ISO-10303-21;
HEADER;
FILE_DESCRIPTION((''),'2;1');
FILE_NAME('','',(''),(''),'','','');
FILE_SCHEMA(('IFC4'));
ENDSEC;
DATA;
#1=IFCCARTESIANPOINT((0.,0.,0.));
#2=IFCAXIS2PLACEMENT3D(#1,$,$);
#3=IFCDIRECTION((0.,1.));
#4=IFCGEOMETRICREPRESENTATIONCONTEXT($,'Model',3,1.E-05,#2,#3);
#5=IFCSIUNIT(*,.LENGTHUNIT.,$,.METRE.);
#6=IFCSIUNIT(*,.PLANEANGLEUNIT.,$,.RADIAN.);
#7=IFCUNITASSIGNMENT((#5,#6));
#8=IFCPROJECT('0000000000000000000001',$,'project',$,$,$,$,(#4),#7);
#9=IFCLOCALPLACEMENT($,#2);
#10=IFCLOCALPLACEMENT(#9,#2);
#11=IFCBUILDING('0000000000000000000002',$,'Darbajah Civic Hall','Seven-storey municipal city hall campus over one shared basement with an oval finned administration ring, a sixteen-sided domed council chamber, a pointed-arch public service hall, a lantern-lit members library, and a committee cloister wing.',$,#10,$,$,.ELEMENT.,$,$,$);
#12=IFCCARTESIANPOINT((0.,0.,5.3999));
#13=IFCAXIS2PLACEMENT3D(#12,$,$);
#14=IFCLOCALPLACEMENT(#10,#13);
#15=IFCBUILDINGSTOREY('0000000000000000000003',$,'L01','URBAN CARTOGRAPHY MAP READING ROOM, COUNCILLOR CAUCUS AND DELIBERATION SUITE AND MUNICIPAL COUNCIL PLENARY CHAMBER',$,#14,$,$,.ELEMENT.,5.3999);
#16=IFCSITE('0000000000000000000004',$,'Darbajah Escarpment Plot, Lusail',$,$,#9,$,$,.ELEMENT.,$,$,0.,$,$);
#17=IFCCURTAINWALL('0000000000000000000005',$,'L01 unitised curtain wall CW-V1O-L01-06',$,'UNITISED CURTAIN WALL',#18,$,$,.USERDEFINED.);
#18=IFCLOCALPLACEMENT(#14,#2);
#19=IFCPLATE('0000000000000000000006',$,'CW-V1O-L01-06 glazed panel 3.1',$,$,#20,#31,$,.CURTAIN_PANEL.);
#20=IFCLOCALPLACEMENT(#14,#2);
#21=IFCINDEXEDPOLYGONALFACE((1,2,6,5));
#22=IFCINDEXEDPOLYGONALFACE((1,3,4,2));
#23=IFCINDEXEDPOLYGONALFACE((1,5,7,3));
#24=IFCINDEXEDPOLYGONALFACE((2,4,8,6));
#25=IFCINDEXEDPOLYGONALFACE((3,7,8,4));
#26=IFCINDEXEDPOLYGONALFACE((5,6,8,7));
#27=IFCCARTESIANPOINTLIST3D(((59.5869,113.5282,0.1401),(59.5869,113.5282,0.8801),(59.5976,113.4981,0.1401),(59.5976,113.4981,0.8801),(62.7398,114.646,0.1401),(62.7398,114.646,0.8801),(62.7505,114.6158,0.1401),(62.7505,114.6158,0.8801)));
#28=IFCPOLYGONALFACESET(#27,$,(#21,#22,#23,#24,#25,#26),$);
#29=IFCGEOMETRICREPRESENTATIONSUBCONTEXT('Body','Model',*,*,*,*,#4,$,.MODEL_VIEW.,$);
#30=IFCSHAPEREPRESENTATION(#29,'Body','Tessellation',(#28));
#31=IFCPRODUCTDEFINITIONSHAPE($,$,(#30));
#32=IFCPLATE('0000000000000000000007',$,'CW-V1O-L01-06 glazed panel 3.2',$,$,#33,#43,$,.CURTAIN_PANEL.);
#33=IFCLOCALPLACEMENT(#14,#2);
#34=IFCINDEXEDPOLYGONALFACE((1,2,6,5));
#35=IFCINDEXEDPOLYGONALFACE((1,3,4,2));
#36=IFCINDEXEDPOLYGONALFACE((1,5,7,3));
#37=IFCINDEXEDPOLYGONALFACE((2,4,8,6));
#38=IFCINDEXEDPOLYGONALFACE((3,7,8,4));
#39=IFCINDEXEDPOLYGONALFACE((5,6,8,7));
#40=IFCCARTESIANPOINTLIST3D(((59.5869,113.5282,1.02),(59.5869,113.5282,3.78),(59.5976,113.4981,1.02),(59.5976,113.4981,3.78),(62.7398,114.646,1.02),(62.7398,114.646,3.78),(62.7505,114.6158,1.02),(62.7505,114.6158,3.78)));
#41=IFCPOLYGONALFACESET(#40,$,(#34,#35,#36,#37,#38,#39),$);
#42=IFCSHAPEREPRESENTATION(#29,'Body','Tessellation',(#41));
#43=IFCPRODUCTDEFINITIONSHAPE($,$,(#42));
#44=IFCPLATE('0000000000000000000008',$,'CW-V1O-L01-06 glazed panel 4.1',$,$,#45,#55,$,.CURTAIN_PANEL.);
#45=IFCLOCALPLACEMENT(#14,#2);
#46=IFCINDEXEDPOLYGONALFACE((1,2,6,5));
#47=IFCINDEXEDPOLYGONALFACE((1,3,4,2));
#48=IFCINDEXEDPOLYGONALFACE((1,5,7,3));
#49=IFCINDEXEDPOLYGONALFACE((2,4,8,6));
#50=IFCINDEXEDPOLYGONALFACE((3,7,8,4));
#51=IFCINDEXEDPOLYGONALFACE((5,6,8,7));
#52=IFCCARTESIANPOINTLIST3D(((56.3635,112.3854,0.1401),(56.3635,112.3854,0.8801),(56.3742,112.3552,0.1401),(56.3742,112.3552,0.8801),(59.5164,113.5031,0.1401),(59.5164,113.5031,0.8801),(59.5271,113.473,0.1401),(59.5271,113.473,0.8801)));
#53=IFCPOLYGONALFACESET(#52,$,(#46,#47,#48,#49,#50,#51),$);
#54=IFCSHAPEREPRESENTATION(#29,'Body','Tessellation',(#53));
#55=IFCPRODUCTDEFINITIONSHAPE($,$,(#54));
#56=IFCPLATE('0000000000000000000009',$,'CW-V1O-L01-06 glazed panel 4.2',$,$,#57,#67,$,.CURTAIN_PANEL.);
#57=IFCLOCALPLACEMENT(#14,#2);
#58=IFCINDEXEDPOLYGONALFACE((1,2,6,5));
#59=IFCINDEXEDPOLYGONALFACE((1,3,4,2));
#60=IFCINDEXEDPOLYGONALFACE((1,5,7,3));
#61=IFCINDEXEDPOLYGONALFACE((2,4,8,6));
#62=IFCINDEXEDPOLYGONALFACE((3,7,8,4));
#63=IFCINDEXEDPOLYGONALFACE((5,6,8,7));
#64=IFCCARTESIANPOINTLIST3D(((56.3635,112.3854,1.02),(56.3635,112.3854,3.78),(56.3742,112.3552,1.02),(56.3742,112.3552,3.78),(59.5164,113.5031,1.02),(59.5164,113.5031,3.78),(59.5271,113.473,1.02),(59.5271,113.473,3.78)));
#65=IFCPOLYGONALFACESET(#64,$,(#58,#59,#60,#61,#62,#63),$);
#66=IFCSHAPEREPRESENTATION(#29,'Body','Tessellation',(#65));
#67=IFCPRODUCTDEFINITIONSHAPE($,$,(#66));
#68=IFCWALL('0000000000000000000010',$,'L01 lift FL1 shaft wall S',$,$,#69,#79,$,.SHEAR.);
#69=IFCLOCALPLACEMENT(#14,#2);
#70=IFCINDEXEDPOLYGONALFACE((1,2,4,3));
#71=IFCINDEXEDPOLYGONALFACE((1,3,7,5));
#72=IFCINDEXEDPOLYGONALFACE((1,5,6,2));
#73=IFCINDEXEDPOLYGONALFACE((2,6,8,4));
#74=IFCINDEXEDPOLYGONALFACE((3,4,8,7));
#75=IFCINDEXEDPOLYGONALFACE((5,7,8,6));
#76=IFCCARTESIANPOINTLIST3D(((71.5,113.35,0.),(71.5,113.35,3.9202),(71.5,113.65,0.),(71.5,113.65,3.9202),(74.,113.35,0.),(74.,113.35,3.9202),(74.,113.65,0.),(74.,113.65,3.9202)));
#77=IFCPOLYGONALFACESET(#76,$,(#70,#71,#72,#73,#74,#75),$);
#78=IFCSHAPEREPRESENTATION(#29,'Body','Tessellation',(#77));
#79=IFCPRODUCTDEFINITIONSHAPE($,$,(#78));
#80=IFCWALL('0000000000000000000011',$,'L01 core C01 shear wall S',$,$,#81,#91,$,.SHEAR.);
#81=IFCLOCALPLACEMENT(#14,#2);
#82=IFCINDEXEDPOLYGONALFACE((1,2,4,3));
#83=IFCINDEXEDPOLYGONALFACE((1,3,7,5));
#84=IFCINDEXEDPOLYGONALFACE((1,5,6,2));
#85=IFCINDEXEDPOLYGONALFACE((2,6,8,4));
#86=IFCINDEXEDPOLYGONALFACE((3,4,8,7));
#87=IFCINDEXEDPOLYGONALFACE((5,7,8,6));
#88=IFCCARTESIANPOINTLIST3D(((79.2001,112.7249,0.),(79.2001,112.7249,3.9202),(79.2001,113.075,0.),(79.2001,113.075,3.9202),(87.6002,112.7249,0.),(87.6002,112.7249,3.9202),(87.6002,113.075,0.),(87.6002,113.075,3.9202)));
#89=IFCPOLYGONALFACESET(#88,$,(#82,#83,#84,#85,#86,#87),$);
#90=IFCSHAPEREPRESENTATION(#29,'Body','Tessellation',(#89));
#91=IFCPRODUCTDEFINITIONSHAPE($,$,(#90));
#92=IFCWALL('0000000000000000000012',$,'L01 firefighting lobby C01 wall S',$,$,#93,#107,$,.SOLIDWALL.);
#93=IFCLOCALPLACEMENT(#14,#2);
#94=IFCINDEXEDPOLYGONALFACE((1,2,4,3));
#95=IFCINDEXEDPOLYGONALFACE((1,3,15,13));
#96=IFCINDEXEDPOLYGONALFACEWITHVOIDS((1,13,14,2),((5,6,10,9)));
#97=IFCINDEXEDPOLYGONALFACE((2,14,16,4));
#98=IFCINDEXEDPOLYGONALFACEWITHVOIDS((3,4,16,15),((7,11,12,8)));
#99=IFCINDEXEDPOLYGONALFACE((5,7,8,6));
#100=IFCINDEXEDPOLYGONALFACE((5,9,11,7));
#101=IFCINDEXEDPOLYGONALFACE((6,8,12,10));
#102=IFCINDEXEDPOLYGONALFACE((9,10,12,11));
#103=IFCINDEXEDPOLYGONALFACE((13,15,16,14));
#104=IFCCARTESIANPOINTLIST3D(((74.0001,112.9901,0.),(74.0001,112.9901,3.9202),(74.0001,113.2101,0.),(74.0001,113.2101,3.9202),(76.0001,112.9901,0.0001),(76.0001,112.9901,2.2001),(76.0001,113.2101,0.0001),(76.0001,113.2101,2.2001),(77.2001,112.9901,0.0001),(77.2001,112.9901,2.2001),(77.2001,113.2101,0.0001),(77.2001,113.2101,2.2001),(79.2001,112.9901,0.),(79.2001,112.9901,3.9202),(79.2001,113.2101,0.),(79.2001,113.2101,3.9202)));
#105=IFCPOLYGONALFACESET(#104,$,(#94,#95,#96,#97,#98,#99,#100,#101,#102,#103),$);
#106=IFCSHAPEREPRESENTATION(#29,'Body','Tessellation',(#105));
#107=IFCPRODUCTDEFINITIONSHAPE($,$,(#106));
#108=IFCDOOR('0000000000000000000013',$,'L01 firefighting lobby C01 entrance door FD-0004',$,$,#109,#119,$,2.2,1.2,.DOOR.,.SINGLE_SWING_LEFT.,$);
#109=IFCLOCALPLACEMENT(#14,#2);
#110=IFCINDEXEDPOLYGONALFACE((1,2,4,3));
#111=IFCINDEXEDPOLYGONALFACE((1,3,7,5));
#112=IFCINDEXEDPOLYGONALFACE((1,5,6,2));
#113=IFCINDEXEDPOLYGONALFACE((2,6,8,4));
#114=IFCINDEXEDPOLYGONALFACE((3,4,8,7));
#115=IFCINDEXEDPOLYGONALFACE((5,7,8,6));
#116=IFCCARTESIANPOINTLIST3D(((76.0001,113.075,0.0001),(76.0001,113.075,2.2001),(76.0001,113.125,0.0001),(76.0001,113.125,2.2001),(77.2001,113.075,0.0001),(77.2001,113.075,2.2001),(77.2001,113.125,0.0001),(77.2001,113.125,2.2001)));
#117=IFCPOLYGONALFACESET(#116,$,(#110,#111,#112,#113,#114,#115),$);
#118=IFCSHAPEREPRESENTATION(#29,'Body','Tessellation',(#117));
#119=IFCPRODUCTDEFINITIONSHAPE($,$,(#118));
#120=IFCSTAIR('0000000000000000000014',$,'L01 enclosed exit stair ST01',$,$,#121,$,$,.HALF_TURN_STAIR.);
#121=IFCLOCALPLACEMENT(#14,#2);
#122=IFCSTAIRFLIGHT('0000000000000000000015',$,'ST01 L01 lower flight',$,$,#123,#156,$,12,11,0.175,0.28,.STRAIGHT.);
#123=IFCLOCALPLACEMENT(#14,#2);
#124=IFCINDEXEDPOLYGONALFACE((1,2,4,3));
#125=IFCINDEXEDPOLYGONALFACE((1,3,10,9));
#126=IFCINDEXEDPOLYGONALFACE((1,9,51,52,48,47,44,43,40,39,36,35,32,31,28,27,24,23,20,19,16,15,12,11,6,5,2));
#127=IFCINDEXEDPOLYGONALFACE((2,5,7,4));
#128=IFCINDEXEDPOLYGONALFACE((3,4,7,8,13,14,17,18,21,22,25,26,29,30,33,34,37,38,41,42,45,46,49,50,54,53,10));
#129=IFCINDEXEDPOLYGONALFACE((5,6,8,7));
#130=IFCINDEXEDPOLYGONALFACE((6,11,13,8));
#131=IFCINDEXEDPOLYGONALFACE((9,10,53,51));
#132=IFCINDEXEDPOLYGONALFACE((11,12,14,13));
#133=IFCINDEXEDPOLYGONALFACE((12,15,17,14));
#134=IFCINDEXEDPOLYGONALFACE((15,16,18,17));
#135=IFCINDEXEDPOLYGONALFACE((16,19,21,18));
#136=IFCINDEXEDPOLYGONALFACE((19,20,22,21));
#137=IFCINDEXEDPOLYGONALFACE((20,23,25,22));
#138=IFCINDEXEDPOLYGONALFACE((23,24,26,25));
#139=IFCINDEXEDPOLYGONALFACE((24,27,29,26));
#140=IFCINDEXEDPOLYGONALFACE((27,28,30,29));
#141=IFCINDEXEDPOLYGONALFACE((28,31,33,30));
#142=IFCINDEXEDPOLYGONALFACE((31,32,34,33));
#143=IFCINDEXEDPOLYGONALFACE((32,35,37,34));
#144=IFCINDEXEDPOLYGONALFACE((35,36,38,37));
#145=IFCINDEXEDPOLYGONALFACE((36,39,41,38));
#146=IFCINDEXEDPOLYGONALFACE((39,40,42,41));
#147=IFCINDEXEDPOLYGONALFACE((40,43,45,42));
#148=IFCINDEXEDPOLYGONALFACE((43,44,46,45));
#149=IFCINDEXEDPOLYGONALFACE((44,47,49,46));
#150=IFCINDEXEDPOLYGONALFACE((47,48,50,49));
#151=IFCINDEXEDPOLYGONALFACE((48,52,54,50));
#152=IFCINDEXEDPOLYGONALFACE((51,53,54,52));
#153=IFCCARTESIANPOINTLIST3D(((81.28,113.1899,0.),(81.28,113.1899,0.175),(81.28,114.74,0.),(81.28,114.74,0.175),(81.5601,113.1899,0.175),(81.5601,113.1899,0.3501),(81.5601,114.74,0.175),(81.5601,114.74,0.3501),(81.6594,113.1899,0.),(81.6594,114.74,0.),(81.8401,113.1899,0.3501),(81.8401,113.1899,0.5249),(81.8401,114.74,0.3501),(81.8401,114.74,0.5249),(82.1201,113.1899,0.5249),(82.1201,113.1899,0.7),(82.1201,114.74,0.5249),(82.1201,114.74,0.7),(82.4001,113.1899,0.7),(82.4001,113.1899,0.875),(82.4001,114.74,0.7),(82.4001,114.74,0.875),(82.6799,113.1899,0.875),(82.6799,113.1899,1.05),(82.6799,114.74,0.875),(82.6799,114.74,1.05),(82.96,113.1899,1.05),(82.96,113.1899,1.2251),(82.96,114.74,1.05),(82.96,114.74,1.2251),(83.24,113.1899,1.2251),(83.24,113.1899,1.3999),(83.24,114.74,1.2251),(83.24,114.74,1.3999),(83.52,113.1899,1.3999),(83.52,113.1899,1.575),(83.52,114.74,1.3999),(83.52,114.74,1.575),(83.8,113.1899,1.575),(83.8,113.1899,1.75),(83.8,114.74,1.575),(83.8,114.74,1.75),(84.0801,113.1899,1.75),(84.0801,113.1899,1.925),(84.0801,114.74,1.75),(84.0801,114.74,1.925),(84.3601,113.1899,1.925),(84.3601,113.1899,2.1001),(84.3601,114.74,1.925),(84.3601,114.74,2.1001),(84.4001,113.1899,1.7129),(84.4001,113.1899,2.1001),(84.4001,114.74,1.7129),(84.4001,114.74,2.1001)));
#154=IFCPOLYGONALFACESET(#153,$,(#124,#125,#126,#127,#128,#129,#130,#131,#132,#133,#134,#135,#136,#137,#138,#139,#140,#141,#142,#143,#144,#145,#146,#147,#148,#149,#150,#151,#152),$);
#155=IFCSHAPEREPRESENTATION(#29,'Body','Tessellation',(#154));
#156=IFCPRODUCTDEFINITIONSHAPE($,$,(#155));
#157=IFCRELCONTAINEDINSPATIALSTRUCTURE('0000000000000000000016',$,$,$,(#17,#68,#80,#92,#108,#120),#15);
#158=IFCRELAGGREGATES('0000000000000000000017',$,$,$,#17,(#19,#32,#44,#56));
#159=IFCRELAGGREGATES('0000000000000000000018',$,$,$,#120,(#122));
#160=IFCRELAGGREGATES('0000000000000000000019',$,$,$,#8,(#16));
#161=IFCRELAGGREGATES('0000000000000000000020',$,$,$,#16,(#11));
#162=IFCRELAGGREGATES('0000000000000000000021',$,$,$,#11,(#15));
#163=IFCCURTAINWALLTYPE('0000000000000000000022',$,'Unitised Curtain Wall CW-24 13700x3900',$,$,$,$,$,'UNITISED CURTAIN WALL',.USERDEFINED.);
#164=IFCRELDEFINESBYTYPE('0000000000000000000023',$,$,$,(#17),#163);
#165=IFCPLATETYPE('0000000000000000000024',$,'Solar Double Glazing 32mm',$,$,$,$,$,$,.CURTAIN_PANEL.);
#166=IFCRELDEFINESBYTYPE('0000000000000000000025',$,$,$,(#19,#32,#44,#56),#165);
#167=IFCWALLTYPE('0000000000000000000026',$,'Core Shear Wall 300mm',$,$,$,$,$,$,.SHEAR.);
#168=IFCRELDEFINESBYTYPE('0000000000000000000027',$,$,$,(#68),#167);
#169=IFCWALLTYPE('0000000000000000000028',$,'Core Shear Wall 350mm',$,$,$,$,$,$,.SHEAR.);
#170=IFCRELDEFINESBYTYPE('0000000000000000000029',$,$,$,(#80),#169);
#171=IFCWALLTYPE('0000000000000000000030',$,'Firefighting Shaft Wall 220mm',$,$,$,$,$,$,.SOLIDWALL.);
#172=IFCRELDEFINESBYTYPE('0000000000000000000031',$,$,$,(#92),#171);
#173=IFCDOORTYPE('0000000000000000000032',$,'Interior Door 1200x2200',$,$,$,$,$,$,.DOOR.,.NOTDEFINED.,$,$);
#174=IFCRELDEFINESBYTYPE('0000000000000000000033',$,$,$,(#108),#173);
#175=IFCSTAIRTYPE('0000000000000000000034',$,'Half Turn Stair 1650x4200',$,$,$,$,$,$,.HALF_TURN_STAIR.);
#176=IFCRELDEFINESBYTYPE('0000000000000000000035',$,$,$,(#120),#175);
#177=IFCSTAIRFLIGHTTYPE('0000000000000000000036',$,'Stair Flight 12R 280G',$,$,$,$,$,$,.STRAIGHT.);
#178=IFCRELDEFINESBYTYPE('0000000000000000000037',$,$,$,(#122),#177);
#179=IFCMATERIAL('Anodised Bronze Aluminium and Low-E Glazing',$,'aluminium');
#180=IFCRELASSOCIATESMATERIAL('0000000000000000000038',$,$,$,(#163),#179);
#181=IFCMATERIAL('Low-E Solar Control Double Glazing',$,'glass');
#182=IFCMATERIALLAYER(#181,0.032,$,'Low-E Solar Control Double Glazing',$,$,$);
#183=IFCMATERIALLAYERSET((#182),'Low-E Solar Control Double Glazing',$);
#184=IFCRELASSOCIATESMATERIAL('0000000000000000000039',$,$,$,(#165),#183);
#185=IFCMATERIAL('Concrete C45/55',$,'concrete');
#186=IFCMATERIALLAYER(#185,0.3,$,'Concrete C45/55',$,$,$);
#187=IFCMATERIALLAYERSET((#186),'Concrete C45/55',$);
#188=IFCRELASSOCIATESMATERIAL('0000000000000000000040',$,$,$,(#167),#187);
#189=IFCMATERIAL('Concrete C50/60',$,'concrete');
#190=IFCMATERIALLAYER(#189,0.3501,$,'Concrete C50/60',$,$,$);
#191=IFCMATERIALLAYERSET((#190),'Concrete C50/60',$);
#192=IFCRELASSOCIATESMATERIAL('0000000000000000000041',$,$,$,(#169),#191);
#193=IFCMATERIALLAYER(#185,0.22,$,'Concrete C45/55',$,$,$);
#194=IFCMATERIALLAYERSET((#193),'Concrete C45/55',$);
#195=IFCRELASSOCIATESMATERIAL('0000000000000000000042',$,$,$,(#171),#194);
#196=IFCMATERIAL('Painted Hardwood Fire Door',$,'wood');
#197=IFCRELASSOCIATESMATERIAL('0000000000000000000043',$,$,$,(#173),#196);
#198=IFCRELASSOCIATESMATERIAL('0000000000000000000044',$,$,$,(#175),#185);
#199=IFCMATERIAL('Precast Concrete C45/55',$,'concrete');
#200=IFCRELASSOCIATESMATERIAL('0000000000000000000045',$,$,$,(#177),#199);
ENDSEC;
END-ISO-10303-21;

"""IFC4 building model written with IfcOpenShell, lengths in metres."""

from ifc_helpers import new_model, si_unit, direction, frame, frame_2d, origin, origin_2d, place, context, subcontext, project, spatial, polyline, rectangle, outline, extrude, material, layer, layer_set, type_object, element, fill, aggregate, save


model = new_model("IFC4")

# Units and contexts
model_context = context("Model", 3, precision=1e-05, world=origin(), true_north=direction((0.0, 1.0)))
body_context = subcontext(model_context, "Body", "Model", "MODEL_VIEW")
ifc_project = project(units=[si_unit("LENGTHUNIT", "METRE"), si_unit("PLANEANGLEUNIT", "RADIAN")], contexts=[model_context])

# Site, building, storey
site_placement = place(None, origin())
site = spatial("IfcSite", under=ifc_project, at=site_placement, Name="Darbajah Escarpment Plot, Lusail", CompositionType="ELEMENT", RefElevation=0.0)
building_placement = place(site_placement, origin())
building = spatial("IfcBuilding", under=site, at=building_placement, Name="Darbajah Civic Hall", Description="Seven-storey municipal city hall campus over one shared basement with an oval finned administration ring, a sixteen-sided domed council chamber, a pointed-arch public service hall, a lantern-lit members library, and a committee cloister wing.", CompositionType="ELEMENT")
storey_placement = place(building_placement, frame((0.0, 0.0, 5.3999)))
storey = spatial("IfcBuildingStorey", under=building, at=storey_placement, Name="L01", Description="URBAN CARTOGRAPHY MAP READING ROOM, COUNCILLOR CAUCUS AND DELIBERATION SUITE AND MUNICIPAL COUNCIL PLENARY CHAMBER", CompositionType="ELEMENT", Elevation=5.3999)

# Shared definitions
ifc_material_1 = material(Name="Concrete C50/60", Category="concrete")

# Shared definitions
ifc_material_2 = material(Name="Anodised Bronze Aluminium and Low-E Glazing", Category="aluminium")

# Curtain wall
curtain_wall_type_1 = type_object("IfcCurtainWallType", Name="Unitised Curtain Wall CW-24 13700x3900", ElementType="UNITISED CURTAIN WALL", PredefinedType="USERDEFINED", material=ifc_material_2)
curtain_wall_1_placement = place(storey_placement, origin())
curtain_wall_1 = element("IfcCurtainWall", 1, at=curtain_wall_1_placement, inside=storey, type_object=curtain_wall_type_1, Name="L01 unitised curtain wall CW-V1O-L01-06", ObjectType="UNITISED CURTAIN WALL", PredefinedType="USERDEFINED")

# Plates
ifc_material_3 = material(Name="Low-E Solar Control Double Glazing", Category="glass")
ifc_layer_1 = layer(ifc_material_3, 0.032, Name="Low-E Solar Control Double Glazing")
ifc_layer_set_1 = layer_set([ifc_layer_1], Name="Low-E Solar Control Double Glazing")
plate_type = type_object("IfcPlateType", Name="Solar Double Glazing 32mm", PredefinedType="CURTAIN_PANEL", material=ifc_layer_set_1)
plate_1_placement = place(storey_placement, frame((61.1687, 114.072, 0.1401), z_axis=(0.0, 0.0, 1.0), x_axis=(-0.942525, -0.334136, 0.0)))
plate_1 = element("IfcPlate", 2, at=plate_1_placement, type_object=plate_type, Name="CW-V1O-L01-06 glazed panel 3.1", PredefinedType="CURTAIN_PANEL", context=body_context, shape_type="SweptSolid", body=[
    extrude(rectangle(XDim=3.3452, YDim=0.032, at=origin_2d()), origin(), (0.0, 0.0, 1.0), 0.74),
])
plate_2_placement = place(storey_placement, frame((61.1687, 114.072, 1.02), z_axis=(0.0, 0.0, 1.0), x_axis=(-0.942525, -0.334136, 0.0)))
plate_2 = element("IfcPlate", 3, at=plate_2_placement, type_object=plate_type, Name="CW-V1O-L01-06 glazed panel 3.2", PredefinedType="CURTAIN_PANEL", context=body_context, shape_type="SweptSolid", body=[
    extrude(rectangle(XDim=3.3452, YDim=0.032, at=origin_2d()), origin(), (0.0, 0.0, 1.0), 2.76),
])
plate_3_placement = place(storey_placement, frame((57.9453, 112.9292, 0.1401), z_axis=(0.0, 0.0, 1.0), x_axis=(-0.942525, -0.334136, 0.0)))
plate_3 = element("IfcPlate", 4, at=plate_3_placement, type_object=plate_type, Name="CW-V1O-L01-06 glazed panel 4.1", PredefinedType="CURTAIN_PANEL", context=body_context, shape_type="SweptSolid", body=[
    extrude(rectangle(XDim=3.3452, YDim=0.032, at=origin_2d()), origin(), (0.0, 0.0, 1.0), 0.74),
])
plate_4_placement = place(storey_placement, frame((57.9453, 112.9292, 1.02), z_axis=(0.0, 0.0, 1.0), x_axis=(-0.942525, -0.334136, 0.0)))
plate_4 = element("IfcPlate", 5, at=plate_4_placement, type_object=plate_type, Name="CW-V1O-L01-06 glazed panel 4.2", PredefinedType="CURTAIN_PANEL", context=body_context, shape_type="SweptSolid", body=[
    extrude(rectangle(XDim=3.3452, YDim=0.032, at=origin_2d()), origin(), (0.0, 0.0, 1.0), 2.76),
])
aggregate(curtain_wall_1, [plate_1, plate_2, plate_3, plate_4])

# Walls
ifc_material_4 = material(Name="Concrete C45/55", Category="concrete")
ifc_layer_2 = layer(ifc_material_4, 0.3, Name="Concrete C45/55")
ifc_layer_set_2 = layer_set([ifc_layer_2], Name="Concrete C45/55")
wall_type_1 = type_object("IfcWallType", Name="Core Shear Wall 300mm", PredefinedType="SHEAR", material=ifc_layer_set_2)
wall_1_placement = place(storey_placement, frame((71.5, 113.5, 0.0), z_axis=(0.0, 0.0, 1.0), x_axis=(1.0, 0.0, 0.0)))
element("IfcWall", 6, at=wall_1_placement, inside=storey, type_object=wall_type_1, Name="L01 lift FL1 shaft wall S", PredefinedType="SHEAR", context=body_context, shape_type="SweptSolid", body=[
    extrude(rectangle(XDim=2.5, YDim=0.3, at=frame_2d((1.25, 0.0))), origin(), (0.0, 0.0, 1.0), 3.9202),
])
ifc_layer_3 = layer(ifc_material_1, 0.3501, Name="Concrete C50/60")
ifc_layer_set_3 = layer_set([ifc_layer_3], Name="Concrete C50/60")
wall_type_2 = type_object("IfcWallType", Name="Core Shear Wall 350mm", PredefinedType="SHEAR", material=ifc_layer_set_3)
wall_2_placement = place(storey_placement, frame((79.2, 112.8999, 0.0), z_axis=(0.0, 0.0, 1.0), x_axis=(1.0, 0.0, 0.0)))
element("IfcWall", 7, at=wall_2_placement, inside=storey, type_object=wall_type_2, Name="L01 core C01 shear wall S", PredefinedType="SHEAR", context=body_context, shape_type="SweptSolid", body=[
    extrude(rectangle(XDim=8.4001, YDim=0.3501, at=frame_2d((4.2002, 0.0))), origin(), (0.0, 0.0, 1.0), 3.9202),
])

# Wall, opening, door
ifc_layer_4 = layer(ifc_material_4, 0.22, Name="Concrete C45/55")
ifc_layer_set_4 = layer_set([ifc_layer_4], Name="Concrete C45/55")
wall_type_3 = type_object("IfcWallType", Name="Firefighting Shaft Wall 220mm", PredefinedType="SOLIDWALL", material=ifc_layer_set_4)
wall_3_placement = place(storey_placement, frame((74.0, 113.1001, 0.0), z_axis=(0.0, 0.0, 1.0), x_axis=(1.0, 0.0, 0.0)))
wall_3 = element("IfcWall", 8, at=wall_3_placement, inside=storey, type_object=wall_type_3, Name="L01 firefighting lobby C01 wall S", PredefinedType="SOLIDWALL", context=body_context, shape_type="SweptSolid", body=[
    extrude(rectangle(XDim=5.2, YDim=0.22, at=frame_2d((2.6001, 0.0))), origin(), (0.0, 0.0, 1.0), 3.9202),
])
opening_placement = place(wall_3_placement, frame((2.0, 0.0, 0.0)))
opening = element("IfcOpeningElement", 9, at=opening_placement, cuts=wall_3, PredefinedType="OPENING", context=body_context, shape_type="SweptSolid", body=[
    extrude(rectangle(XDim=1.2, YDim=2.2, at=frame_2d((0.6001, 1.1001))), frame((0.0, 0.1199, 0.0), z_axis=(0.0, -1.0, 0.0), x_axis=(1.0, 0.0, 0.0)), (0.0, 0.0, 1.0), 0.24),
])
ifc_material_5 = material(Name="Painted Hardwood Fire Door", Category="wood")
door_type = type_object("IfcDoorType", Name="Interior Door 1200x2200", OperationType="NOTDEFINED", PredefinedType="DOOR", material=ifc_material_5)
door_placement = place(opening_placement, origin())
door = element("IfcDoor", 10, at=door_placement, inside=storey, type_object=door_type, Name="L01 firefighting lobby C01 entrance door FD-0004", OperationType="SINGLE_SWING_LEFT", OverallHeight=2.2, OverallWidth=1.2, PredefinedType="DOOR", context=body_context, shape_type="SweptSolid", body=[
    extrude(rectangle(XDim=1.2, YDim=2.2, at=frame_2d((0.6001, 1.1001))), frame((0.0, 0.0249, 0.0), z_axis=(0.0, -1.0, 0.0), x_axis=(1.0, 0.0, 0.0)), (0.0, 0.0, 1.0), 0.05),
])
fill(opening, door)

# Stair, stair flight
stair_type = type_object("IfcStairType", Name="Half Turn Stair 1650x4200", PredefinedType="HALF_TURN_STAIR", material=ifc_material_4)
stair_placement = place(storey_placement, origin())
stair = element("IfcStair", 11, at=stair_placement, inside=storey, type_object=stair_type, Name="L01 enclosed exit stair ST01", PredefinedType="HALF_TURN_STAIR")
ifc_material_6 = material(Name="Precast Concrete C45/55", Category="concrete")
stair_flight_type = type_object("IfcStairFlightType", Name="Stair Flight 12R 280G", PredefinedType="STRAIGHT", material=ifc_material_6)
stair_flight_placement = place(storey_placement, frame((81.28, 113.9651, 0.0), z_axis=(0.0, 0.0, 1.0), x_axis=(1.0, 0.0, 0.0)))
stair_flight = element("IfcStairFlight", 12, at=stair_flight_placement, type_object=stair_flight_type, Name="ST01 L01 lower flight", NumberOfRisers=12, NumberOfTreads=11, PredefinedType="STRAIGHT", RiserHeight=0.175, TreadLength=0.28, context=body_context, shape_type="SweptSolid", body=[
    extrude(outline(polyline([(0.0, 0.0), (0.0, 0.175), (0.28, 0.175), (0.28, 0.3501), (0.5601, 0.3501), (0.5601, 0.5249), (0.8401, 0.5249), (0.8401, 0.7), (1.1201, 0.7), (1.1201, 0.875), (1.3999, 0.875), (1.3999, 1.05), (1.6799, 1.05), (1.6799, 1.2251), (1.96, 1.2251), (1.96, 1.3999), (2.24, 1.3999), (2.24, 1.575), (2.52, 1.575), (2.52, 1.75), (2.8, 1.75), (2.8, 1.925), (3.0801, 1.925), (3.0801, 2.1001), (3.1201, 2.1001), (3.1201, 1.7129), (0.3794, 0.0), (0.0, 0.0)])), frame((0.0, 0.7749, 0.0), z_axis=(0.0, -1.0, 0.0), x_axis=(1.0, 0.0, 0.0)), (0.0, 0.0, 1.0), 1.55),
])
aggregate(stair, [stair_flight])

save(model, "model.ifc")
